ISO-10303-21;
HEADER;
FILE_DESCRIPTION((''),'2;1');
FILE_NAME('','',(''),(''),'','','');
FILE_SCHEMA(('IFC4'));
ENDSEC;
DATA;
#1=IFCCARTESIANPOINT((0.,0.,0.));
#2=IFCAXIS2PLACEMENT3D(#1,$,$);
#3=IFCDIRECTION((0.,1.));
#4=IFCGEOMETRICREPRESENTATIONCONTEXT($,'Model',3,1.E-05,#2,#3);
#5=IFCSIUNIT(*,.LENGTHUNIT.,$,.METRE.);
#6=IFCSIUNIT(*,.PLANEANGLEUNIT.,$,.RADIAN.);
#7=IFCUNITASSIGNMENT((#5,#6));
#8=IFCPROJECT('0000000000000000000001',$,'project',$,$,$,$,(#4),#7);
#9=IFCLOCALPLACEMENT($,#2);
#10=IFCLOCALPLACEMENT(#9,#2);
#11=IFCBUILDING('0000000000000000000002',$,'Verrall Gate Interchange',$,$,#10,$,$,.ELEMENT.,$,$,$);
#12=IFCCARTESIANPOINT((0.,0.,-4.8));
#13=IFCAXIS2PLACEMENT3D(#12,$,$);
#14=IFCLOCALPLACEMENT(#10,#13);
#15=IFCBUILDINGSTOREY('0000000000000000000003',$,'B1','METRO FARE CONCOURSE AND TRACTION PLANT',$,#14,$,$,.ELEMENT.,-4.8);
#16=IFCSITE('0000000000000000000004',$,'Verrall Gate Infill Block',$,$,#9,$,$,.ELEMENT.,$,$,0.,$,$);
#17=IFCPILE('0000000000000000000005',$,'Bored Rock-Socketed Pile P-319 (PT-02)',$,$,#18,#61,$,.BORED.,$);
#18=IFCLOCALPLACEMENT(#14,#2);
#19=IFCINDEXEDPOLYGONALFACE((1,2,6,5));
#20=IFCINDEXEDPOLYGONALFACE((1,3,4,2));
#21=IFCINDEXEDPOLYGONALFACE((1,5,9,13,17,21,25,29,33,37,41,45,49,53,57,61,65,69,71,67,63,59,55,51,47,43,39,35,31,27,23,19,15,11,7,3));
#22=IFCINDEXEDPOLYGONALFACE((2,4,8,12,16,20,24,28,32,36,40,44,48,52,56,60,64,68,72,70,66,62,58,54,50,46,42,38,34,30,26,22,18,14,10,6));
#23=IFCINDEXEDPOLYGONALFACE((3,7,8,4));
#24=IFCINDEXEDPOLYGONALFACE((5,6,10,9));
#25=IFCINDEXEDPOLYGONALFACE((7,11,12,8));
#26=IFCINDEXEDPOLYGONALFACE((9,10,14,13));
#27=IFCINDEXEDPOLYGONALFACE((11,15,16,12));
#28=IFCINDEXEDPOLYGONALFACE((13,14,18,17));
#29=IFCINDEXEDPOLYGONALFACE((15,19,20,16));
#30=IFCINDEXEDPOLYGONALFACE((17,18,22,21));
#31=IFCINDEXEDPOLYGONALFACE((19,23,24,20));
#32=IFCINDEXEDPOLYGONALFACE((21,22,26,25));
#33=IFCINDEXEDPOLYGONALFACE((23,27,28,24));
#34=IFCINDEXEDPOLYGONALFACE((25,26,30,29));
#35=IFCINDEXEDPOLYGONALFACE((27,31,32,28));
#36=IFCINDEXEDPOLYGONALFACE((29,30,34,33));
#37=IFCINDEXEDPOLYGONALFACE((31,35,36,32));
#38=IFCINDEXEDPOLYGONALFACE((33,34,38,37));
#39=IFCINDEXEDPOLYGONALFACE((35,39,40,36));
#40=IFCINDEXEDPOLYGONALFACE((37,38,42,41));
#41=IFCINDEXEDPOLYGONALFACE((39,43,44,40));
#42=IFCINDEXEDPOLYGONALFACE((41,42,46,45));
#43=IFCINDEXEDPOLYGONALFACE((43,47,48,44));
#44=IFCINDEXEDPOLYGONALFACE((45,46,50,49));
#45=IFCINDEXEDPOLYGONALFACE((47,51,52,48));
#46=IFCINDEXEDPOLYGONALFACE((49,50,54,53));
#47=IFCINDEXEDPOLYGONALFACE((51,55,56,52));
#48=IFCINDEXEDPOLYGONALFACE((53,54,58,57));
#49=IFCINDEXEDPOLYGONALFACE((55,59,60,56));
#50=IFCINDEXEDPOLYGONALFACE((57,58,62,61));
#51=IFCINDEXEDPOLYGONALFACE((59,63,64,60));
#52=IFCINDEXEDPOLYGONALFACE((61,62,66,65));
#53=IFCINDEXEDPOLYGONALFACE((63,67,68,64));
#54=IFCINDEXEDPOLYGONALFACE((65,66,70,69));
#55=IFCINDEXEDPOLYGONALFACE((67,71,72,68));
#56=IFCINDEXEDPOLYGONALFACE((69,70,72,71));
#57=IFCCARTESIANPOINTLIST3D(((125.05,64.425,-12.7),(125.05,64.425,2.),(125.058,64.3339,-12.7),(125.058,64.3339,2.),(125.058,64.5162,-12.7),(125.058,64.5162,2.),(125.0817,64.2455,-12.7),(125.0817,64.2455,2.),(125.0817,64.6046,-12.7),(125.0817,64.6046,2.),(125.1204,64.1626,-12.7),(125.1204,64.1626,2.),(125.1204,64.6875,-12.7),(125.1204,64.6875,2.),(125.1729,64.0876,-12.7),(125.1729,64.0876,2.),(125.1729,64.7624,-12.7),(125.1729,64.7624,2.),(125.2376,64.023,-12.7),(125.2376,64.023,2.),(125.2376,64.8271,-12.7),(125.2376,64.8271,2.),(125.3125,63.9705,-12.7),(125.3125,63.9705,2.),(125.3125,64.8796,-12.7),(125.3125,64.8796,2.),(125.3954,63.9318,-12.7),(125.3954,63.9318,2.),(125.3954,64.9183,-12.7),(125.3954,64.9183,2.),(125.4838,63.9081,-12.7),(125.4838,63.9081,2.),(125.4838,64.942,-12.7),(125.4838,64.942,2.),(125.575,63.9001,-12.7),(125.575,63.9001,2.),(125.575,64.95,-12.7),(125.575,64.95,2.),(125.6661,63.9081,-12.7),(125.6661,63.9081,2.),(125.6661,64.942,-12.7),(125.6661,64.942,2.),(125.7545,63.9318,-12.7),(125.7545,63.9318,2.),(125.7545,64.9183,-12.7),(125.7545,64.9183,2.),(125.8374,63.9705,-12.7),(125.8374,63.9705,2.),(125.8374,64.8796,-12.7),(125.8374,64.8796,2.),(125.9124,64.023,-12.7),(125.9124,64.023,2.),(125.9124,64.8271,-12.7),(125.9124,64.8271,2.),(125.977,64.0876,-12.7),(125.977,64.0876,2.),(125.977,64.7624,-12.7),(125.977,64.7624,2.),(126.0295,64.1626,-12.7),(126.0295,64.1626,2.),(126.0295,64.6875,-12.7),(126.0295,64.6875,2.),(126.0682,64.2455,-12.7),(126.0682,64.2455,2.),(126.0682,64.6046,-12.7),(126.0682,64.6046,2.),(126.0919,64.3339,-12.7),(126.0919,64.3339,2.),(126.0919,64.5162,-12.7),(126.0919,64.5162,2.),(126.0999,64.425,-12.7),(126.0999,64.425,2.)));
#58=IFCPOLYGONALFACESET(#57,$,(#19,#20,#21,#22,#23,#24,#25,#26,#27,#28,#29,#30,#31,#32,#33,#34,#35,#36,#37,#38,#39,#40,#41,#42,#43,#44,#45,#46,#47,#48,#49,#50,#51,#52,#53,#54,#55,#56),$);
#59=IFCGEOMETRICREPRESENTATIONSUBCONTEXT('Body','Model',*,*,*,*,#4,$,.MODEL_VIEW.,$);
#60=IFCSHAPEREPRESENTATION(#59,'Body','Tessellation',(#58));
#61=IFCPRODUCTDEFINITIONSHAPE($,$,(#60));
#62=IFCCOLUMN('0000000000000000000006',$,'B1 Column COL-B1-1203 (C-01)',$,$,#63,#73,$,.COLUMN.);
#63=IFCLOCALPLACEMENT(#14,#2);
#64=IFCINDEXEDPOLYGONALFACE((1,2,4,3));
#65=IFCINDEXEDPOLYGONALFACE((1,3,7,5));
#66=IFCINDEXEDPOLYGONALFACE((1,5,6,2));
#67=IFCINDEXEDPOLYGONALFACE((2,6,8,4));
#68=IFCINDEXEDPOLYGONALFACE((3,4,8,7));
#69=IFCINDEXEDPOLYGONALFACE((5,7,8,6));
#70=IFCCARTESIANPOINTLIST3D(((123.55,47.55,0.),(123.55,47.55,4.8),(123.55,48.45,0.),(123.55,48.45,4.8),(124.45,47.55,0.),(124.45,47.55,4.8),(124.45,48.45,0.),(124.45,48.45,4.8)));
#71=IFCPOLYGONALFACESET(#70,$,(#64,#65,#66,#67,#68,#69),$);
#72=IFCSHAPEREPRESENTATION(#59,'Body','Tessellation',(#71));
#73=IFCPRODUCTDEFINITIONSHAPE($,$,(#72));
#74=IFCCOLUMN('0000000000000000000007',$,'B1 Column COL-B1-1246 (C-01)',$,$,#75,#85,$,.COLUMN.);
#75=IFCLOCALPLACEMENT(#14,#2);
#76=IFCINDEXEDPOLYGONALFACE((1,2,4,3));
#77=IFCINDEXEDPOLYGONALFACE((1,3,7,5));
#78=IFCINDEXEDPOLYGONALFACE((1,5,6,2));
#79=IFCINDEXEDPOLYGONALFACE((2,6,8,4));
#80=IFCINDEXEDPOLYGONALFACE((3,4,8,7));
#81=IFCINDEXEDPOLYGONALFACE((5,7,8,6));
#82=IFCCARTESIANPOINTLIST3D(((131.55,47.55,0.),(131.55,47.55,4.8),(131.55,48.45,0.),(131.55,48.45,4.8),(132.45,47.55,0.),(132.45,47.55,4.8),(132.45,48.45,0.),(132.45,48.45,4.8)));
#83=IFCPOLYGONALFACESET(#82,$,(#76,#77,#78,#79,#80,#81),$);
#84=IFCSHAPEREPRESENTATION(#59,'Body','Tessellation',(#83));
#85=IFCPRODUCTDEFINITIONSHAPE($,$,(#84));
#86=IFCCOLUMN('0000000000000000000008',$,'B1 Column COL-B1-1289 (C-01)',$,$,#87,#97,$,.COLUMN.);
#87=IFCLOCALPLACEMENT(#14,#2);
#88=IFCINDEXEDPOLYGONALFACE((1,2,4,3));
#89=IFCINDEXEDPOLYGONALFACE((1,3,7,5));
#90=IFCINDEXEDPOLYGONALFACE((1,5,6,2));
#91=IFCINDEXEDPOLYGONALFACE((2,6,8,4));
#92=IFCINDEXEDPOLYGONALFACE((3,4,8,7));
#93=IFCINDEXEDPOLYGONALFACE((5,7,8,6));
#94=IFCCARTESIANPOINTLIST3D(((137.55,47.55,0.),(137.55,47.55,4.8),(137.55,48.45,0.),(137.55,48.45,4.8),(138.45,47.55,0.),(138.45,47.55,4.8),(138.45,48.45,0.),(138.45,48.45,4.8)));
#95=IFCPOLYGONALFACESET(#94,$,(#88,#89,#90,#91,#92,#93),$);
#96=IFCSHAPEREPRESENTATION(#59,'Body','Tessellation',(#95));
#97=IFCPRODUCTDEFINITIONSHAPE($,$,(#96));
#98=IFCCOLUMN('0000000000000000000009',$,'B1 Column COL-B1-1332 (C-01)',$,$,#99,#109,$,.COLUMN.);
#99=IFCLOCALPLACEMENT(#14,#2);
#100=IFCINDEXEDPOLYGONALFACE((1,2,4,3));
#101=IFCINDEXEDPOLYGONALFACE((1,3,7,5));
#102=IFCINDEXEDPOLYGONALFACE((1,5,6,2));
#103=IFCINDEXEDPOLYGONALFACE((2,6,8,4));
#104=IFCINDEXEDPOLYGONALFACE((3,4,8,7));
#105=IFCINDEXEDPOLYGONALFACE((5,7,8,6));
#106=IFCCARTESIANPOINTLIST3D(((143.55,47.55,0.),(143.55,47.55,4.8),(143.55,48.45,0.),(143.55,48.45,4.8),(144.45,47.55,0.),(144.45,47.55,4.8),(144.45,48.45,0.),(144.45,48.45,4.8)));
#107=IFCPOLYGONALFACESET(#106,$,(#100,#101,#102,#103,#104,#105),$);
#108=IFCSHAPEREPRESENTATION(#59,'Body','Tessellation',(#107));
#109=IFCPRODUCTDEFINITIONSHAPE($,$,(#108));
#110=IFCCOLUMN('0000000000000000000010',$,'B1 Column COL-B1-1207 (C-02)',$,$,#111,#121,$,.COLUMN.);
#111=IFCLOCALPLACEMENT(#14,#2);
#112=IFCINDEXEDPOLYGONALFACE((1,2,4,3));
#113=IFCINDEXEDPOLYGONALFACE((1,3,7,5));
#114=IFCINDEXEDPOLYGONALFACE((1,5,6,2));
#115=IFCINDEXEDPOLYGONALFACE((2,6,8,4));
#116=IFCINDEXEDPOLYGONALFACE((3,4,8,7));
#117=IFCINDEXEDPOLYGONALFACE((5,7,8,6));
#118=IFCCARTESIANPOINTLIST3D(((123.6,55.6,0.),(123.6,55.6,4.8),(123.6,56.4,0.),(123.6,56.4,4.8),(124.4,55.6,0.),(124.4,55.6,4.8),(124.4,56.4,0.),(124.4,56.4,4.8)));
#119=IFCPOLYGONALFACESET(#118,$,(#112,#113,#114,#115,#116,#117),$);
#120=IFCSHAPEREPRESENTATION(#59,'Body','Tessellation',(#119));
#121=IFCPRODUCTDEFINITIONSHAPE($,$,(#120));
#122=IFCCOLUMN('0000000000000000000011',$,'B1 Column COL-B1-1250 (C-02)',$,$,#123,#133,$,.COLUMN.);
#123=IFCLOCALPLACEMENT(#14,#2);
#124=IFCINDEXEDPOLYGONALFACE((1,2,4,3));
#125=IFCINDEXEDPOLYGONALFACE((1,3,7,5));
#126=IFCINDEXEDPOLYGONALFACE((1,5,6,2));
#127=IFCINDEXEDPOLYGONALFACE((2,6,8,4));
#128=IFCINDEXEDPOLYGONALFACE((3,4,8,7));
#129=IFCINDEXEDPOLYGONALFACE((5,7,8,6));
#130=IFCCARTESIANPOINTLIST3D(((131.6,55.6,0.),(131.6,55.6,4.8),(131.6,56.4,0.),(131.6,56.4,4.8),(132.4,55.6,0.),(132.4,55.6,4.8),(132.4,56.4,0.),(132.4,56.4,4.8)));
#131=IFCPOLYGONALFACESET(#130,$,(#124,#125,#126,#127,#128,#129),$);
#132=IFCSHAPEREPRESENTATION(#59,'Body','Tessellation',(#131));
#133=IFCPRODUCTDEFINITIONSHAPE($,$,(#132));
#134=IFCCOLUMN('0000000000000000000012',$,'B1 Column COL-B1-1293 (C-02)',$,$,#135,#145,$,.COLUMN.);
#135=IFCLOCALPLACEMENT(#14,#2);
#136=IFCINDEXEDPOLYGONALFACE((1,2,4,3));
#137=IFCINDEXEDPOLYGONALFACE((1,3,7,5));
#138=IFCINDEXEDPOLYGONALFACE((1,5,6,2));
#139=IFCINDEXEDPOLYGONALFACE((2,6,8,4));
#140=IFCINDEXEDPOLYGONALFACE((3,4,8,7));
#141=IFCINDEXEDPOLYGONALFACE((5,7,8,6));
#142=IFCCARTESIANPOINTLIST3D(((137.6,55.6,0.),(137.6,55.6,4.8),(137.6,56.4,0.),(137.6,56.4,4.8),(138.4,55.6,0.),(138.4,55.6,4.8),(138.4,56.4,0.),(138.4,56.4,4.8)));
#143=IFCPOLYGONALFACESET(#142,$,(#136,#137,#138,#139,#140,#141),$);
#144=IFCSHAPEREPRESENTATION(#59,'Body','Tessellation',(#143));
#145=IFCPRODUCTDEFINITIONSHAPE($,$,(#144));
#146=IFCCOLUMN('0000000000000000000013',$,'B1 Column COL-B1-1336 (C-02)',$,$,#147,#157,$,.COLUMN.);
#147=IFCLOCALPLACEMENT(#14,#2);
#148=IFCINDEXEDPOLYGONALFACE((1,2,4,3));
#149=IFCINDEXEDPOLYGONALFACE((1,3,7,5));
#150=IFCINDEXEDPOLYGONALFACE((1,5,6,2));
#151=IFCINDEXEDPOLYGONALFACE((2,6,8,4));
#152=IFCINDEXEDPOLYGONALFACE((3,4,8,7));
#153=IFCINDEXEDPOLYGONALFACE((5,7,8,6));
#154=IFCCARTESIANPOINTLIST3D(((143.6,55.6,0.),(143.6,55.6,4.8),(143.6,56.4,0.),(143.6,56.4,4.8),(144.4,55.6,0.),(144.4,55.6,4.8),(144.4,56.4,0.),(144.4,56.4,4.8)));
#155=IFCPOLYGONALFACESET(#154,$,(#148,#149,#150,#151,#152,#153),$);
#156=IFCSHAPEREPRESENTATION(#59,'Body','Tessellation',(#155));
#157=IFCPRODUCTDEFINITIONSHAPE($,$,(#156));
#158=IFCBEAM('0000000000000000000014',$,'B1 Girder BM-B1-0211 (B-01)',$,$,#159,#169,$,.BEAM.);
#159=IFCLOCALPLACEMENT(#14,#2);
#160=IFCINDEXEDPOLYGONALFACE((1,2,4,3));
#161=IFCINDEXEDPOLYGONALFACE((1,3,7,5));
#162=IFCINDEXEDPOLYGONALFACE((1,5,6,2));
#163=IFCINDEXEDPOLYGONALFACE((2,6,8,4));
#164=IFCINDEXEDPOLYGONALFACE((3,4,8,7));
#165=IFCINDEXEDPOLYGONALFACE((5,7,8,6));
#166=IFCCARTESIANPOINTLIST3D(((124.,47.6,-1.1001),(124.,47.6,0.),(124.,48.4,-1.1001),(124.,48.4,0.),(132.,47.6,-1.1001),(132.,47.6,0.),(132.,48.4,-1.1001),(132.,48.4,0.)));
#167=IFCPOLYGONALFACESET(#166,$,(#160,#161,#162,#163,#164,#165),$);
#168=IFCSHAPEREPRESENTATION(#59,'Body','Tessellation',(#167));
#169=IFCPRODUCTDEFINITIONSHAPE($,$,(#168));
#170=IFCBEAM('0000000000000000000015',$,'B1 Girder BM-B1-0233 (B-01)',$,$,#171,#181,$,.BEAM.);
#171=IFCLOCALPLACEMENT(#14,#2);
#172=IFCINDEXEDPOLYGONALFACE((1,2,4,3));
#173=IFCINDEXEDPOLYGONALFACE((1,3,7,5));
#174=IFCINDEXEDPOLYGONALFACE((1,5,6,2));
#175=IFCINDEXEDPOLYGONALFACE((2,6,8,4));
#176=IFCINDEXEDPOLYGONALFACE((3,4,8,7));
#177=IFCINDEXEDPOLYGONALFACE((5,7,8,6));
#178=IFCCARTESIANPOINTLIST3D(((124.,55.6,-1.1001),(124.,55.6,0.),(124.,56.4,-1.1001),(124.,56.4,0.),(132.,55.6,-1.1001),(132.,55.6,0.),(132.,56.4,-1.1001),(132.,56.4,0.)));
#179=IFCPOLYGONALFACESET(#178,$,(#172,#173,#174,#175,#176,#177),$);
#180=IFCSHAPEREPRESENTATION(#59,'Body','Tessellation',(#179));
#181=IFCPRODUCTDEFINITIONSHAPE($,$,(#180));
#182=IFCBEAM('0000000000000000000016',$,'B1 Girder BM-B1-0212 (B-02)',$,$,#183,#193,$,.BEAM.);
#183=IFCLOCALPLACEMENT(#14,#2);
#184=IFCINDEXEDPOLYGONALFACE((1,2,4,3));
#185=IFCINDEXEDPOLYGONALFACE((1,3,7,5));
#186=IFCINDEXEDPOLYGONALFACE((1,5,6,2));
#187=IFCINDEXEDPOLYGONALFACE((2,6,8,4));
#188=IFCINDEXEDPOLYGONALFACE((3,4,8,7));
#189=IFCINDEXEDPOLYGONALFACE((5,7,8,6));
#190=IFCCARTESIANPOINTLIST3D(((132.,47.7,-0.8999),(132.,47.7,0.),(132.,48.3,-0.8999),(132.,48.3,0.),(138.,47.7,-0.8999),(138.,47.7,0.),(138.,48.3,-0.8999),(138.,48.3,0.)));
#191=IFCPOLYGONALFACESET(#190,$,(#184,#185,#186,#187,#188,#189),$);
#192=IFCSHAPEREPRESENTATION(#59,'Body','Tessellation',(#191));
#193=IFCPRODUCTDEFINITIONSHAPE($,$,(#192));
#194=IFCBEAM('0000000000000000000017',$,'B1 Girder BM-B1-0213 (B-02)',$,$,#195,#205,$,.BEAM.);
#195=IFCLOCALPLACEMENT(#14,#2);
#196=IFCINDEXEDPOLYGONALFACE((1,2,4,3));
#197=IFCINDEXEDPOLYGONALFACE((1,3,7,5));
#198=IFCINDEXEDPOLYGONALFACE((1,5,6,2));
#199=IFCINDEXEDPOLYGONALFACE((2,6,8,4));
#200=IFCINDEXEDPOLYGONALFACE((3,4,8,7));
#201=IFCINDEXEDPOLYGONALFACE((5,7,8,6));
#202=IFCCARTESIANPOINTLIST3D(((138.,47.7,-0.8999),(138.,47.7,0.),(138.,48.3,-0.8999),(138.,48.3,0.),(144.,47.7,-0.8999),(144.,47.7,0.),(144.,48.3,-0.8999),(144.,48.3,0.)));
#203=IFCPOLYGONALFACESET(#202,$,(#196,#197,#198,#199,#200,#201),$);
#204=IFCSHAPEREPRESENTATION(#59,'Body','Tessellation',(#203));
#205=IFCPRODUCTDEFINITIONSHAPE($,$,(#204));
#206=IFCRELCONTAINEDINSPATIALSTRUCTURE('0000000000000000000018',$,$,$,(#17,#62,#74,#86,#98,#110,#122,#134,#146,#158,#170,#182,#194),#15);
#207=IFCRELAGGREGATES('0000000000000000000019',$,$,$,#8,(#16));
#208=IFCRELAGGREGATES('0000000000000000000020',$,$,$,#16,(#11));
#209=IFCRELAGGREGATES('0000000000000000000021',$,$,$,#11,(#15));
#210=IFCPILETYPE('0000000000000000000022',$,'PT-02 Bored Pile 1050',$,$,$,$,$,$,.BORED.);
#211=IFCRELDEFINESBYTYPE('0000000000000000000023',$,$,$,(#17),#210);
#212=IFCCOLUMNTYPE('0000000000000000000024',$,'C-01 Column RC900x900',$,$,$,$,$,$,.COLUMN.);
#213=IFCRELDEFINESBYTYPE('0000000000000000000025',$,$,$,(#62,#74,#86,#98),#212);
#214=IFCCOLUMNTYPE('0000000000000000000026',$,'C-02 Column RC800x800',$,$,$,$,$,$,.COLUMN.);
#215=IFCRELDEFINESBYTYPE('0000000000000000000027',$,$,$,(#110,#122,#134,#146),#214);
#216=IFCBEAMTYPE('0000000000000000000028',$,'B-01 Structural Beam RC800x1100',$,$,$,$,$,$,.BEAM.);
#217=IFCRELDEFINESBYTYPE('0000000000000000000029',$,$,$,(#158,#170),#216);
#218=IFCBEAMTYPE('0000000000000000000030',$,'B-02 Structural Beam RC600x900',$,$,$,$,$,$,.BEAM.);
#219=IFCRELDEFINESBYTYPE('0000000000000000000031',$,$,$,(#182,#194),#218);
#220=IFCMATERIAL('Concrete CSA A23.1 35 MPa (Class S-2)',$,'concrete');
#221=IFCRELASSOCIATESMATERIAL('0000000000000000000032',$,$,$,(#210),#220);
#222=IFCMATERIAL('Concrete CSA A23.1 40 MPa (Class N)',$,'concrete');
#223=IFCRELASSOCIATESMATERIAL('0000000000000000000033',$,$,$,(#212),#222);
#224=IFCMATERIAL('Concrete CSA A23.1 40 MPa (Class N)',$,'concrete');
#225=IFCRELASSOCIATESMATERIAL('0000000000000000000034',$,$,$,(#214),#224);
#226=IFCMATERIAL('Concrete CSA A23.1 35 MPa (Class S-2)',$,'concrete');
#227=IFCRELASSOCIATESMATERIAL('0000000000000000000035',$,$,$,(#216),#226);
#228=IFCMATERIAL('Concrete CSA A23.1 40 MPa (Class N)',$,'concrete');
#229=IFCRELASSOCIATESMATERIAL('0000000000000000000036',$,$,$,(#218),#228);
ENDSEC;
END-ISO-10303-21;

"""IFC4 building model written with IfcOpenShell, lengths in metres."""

from ifc_helpers import new_model, si_unit, direction, frame, origin, origin_2d, place, context, subcontext, project, spatial, rectangle, circle, extrude, material, material_profile, profile_set, type_object, element, save


model = new_model("IFC4")

# Units and contexts
model_context = context("Model", 3, precision=1e-05, world=origin(), true_north=direction((0.0, 1.0)))
body_context = subcontext(model_context, "Body", "Model", "MODEL_VIEW")
ifc_project = project(units=[si_unit("LENGTHUNIT", "METRE"), si_unit("PLANEANGLEUNIT", "RADIAN")], contexts=[model_context])

# Site, building, storey
site_placement = place(None, origin())
site = spatial("IfcSite", under=ifc_project, at=site_placement, Name="Verrall Gate Infill Block", CompositionType="ELEMENT", RefElevation=0.0)
building_placement = place(site_placement, origin())
building = spatial("IfcBuilding", under=site, at=building_placement, Name="Verrall Gate Interchange", CompositionType="ELEMENT")
storey_placement = place(building_placement, frame((0.0, 0.0, -4.8)))
storey = spatial("IfcBuildingStorey", under=building, at=storey_placement, Name="B1", Description="METRO FARE CONCOURSE AND TRACTION PLANT", CompositionType="ELEMENT", Elevation=-4.8)

# Pile
ifc_material_1 = material(Name="Concrete CSA A23.1 35 MPa (Class S-2)", Category="concrete")
ifc_material_profile_1 = material_profile(ifc_material_1, circle(Radius=0.5249, at=origin_2d()), Name="PILE1050D")
ifc_profile_set_1 = profile_set([ifc_material_profile_1], Name="Concrete CSA A23.1 35 MPa (Class S-2)")
pile_type = type_object("IfcPileType", Name="PT-02 Bored Pile 1050", PredefinedType="BORED", material=ifc_profile_set_1)
pile_placement = place(storey_placement, frame((125.575, 64.425, 2.0), z_axis=(0.0, 0.0, -1.0), x_axis=(1.0, 0.0, 0.0)))
element("IfcPile", 1, at=pile_placement, inside=storey, type_object=pile_type, Name="Bored Rock-Socketed Pile P-319 (PT-02)", PredefinedType="BORED", context=body_context, shape_type="SweptSolid", body=[
    extrude(circle(Radius=0.5249, at=origin_2d()), origin(), (0.0, 0.0, 1.0), 14.7),
])

# Columns
ifc_material_2 = material(Name="Concrete CSA A23.1 40 MPa (Class N)", Category="concrete")
ifc_material_profile_2 = material_profile(ifc_material_2, rectangle(XDim=0.8999, YDim=0.8999, at=origin_2d()), Name="RC900x900")
ifc_profile_set_2 = profile_set([ifc_material_profile_2], Name="Concrete CSA A23.1 40 MPa (Class N)")
column_type_1 = type_object("IfcColumnType", Name="C-01 Column RC900x900", PredefinedType="COLUMN", material=ifc_profile_set_2)
for number, where, z_axis, x_axis, name in (
    (2, (124.0, 48.0, 0.0), (0.0, 0.0, 1.0), (1.0, 0.0, 0.0), "B1 Column COL-B1-1203 (C-01)"),
    (3, (132.0, 48.0, 0.0), (0.0, 0.0, 1.0), (1.0, 0.0, 0.0), "B1 Column COL-B1-1246 (C-01)"),
    (4, (138.0, 48.0, 0.0), (0.0, 0.0, 1.0), (1.0, 0.0, 0.0), "B1 Column COL-B1-1289 (C-01)"),
    (5, (144.0, 48.0, 0.0), (0.0, 0.0, 1.0), (1.0, 0.0, 0.0), "B1 Column COL-B1-1332 (C-01)"),
):
    element("IfcColumn", number, at=place(storey_placement, frame(where, z_axis=z_axis, x_axis=x_axis)), inside=storey, type_object=column_type_1, Name=name, PredefinedType="COLUMN", context=body_context, shape_type="SweptSolid", body=[
        extrude(rectangle(XDim=0.8999, YDim=0.8999, at=origin_2d()), origin(), (0.0, 0.0, 1.0), 4.8),
    ])
ifc_material_3 = material(Name="Concrete CSA A23.1 40 MPa (Class N)", Category="concrete")
ifc_material_profile_3 = material_profile(ifc_material_3, rectangle(XDim=0.8, YDim=0.8, at=origin_2d()), Name="RC800x800")
ifc_profile_set_3 = profile_set([ifc_material_profile_3], Name="Concrete CSA A23.1 40 MPa (Class N)")
column_type_2 = type_object("IfcColumnType", Name="C-02 Column RC800x800", PredefinedType="COLUMN", material=ifc_profile_set_3)
for number, where, z_axis, x_axis, name in (
    (6, (124.0, 56.0, 0.0), (0.0, 0.0, 1.0), (1.0, 0.0, 0.0), "B1 Column COL-B1-1207 (C-02)"),
    (7, (132.0, 56.0, 0.0), (0.0, 0.0, 1.0), (1.0, 0.0, 0.0), "B1 Column COL-B1-1250 (C-02)"),
    (8, (138.0, 56.0, 0.0), (0.0, 0.0, 1.0), (1.0, 0.0, 0.0), "B1 Column COL-B1-1293 (C-02)"),
    (9, (144.0, 56.0, 0.0), (0.0, 0.0, 1.0), (1.0, 0.0, 0.0), "B1 Column COL-B1-1336 (C-02)"),
):
    element("IfcColumn", number, at=place(storey_placement, frame(where, z_axis=z_axis, x_axis=x_axis)), inside=storey, type_object=column_type_2, Name=name, PredefinedType="COLUMN", context=body_context, shape_type="SweptSolid", body=[
        extrude(rectangle(XDim=0.8, YDim=0.8, at=origin_2d()), origin(), (0.0, 0.0, 1.0), 4.8),
    ])

# Beams
ifc_material_4 = material(Name="Concrete CSA A23.1 35 MPa (Class S-2)", Category="concrete")
ifc_material_profile_4 = material_profile(ifc_material_4, rectangle(XDim=0.8, YDim=1.1001, at=origin_2d()), Name="RC800x1100")
ifc_profile_set_4 = profile_set([ifc_material_profile_4], Name="Concrete CSA A23.1 35 MPa (Class S-2)")
beam_type_1 = type_object("IfcBeamType", Name="B-01 Structural Beam RC800x1100", PredefinedType="BEAM", material=ifc_profile_set_4)
for number, where, z_axis, x_axis, name in (
    (10, (124.0, 48.0, -0.55), (1.0, 0.0, 0.0), (0.0, 1.0, 0.0), "B1 Girder BM-B1-0211 (B-01)"),
    (11, (124.0, 56.0, -0.55), (1.0, 0.0, 0.0), (0.0, 1.0, 0.0), "B1 Girder BM-B1-0233 (B-01)"),
):
    element("IfcBeam", number, at=place(storey_placement, frame(where, z_axis=z_axis, x_axis=x_axis)), inside=storey, type_object=beam_type_1, Name=name, PredefinedType="BEAM", context=body_context, shape_type="SweptSolid", body=[
        extrude(rectangle(XDim=0.8, YDim=1.1001, at=origin_2d()), origin(), (0.0, 0.0, 1.0), 8.0),
    ])
ifc_material_5 = material(Name="Concrete CSA A23.1 40 MPa (Class N)", Category="concrete")
ifc_material_profile_5 = material_profile(ifc_material_5, rectangle(XDim=0.6001, YDim=0.8999, at=origin_2d()), Name="RC600x900")
ifc_profile_set_5 = profile_set([ifc_material_profile_5], Name="Concrete CSA A23.1 40 MPa (Class N)")
beam_type_2 = type_object("IfcBeamType", Name="B-02 Structural Beam RC600x900", PredefinedType="BEAM", material=ifc_profile_set_5)
for number, where, z_axis, x_axis, name in (
    (12, (132.0, 48.0, -0.45), (1.0, 0.0, 0.0), (0.0, 1.0, 0.0), "B1 Girder BM-B1-0212 (B-02)"),
    (13, (138.0, 48.0, -0.45), (1.0, 0.0, 0.0), (0.0, 1.0, 0.0), "B1 Girder BM-B1-0213 (B-02)"),
):
    element("IfcBeam", number, at=place(storey_placement, frame(where, z_axis=z_axis, x_axis=x_axis)), inside=storey, type_object=beam_type_2, Name=name, PredefinedType="BEAM", context=body_context, shape_type="SweptSolid", body=[
        extrude(rectangle(XDim=0.6001, YDim=0.8999, at=origin_2d()), origin(), (0.0, 0.0, 1.0), 6.0),
    ])

save(model, "model.ifc")
